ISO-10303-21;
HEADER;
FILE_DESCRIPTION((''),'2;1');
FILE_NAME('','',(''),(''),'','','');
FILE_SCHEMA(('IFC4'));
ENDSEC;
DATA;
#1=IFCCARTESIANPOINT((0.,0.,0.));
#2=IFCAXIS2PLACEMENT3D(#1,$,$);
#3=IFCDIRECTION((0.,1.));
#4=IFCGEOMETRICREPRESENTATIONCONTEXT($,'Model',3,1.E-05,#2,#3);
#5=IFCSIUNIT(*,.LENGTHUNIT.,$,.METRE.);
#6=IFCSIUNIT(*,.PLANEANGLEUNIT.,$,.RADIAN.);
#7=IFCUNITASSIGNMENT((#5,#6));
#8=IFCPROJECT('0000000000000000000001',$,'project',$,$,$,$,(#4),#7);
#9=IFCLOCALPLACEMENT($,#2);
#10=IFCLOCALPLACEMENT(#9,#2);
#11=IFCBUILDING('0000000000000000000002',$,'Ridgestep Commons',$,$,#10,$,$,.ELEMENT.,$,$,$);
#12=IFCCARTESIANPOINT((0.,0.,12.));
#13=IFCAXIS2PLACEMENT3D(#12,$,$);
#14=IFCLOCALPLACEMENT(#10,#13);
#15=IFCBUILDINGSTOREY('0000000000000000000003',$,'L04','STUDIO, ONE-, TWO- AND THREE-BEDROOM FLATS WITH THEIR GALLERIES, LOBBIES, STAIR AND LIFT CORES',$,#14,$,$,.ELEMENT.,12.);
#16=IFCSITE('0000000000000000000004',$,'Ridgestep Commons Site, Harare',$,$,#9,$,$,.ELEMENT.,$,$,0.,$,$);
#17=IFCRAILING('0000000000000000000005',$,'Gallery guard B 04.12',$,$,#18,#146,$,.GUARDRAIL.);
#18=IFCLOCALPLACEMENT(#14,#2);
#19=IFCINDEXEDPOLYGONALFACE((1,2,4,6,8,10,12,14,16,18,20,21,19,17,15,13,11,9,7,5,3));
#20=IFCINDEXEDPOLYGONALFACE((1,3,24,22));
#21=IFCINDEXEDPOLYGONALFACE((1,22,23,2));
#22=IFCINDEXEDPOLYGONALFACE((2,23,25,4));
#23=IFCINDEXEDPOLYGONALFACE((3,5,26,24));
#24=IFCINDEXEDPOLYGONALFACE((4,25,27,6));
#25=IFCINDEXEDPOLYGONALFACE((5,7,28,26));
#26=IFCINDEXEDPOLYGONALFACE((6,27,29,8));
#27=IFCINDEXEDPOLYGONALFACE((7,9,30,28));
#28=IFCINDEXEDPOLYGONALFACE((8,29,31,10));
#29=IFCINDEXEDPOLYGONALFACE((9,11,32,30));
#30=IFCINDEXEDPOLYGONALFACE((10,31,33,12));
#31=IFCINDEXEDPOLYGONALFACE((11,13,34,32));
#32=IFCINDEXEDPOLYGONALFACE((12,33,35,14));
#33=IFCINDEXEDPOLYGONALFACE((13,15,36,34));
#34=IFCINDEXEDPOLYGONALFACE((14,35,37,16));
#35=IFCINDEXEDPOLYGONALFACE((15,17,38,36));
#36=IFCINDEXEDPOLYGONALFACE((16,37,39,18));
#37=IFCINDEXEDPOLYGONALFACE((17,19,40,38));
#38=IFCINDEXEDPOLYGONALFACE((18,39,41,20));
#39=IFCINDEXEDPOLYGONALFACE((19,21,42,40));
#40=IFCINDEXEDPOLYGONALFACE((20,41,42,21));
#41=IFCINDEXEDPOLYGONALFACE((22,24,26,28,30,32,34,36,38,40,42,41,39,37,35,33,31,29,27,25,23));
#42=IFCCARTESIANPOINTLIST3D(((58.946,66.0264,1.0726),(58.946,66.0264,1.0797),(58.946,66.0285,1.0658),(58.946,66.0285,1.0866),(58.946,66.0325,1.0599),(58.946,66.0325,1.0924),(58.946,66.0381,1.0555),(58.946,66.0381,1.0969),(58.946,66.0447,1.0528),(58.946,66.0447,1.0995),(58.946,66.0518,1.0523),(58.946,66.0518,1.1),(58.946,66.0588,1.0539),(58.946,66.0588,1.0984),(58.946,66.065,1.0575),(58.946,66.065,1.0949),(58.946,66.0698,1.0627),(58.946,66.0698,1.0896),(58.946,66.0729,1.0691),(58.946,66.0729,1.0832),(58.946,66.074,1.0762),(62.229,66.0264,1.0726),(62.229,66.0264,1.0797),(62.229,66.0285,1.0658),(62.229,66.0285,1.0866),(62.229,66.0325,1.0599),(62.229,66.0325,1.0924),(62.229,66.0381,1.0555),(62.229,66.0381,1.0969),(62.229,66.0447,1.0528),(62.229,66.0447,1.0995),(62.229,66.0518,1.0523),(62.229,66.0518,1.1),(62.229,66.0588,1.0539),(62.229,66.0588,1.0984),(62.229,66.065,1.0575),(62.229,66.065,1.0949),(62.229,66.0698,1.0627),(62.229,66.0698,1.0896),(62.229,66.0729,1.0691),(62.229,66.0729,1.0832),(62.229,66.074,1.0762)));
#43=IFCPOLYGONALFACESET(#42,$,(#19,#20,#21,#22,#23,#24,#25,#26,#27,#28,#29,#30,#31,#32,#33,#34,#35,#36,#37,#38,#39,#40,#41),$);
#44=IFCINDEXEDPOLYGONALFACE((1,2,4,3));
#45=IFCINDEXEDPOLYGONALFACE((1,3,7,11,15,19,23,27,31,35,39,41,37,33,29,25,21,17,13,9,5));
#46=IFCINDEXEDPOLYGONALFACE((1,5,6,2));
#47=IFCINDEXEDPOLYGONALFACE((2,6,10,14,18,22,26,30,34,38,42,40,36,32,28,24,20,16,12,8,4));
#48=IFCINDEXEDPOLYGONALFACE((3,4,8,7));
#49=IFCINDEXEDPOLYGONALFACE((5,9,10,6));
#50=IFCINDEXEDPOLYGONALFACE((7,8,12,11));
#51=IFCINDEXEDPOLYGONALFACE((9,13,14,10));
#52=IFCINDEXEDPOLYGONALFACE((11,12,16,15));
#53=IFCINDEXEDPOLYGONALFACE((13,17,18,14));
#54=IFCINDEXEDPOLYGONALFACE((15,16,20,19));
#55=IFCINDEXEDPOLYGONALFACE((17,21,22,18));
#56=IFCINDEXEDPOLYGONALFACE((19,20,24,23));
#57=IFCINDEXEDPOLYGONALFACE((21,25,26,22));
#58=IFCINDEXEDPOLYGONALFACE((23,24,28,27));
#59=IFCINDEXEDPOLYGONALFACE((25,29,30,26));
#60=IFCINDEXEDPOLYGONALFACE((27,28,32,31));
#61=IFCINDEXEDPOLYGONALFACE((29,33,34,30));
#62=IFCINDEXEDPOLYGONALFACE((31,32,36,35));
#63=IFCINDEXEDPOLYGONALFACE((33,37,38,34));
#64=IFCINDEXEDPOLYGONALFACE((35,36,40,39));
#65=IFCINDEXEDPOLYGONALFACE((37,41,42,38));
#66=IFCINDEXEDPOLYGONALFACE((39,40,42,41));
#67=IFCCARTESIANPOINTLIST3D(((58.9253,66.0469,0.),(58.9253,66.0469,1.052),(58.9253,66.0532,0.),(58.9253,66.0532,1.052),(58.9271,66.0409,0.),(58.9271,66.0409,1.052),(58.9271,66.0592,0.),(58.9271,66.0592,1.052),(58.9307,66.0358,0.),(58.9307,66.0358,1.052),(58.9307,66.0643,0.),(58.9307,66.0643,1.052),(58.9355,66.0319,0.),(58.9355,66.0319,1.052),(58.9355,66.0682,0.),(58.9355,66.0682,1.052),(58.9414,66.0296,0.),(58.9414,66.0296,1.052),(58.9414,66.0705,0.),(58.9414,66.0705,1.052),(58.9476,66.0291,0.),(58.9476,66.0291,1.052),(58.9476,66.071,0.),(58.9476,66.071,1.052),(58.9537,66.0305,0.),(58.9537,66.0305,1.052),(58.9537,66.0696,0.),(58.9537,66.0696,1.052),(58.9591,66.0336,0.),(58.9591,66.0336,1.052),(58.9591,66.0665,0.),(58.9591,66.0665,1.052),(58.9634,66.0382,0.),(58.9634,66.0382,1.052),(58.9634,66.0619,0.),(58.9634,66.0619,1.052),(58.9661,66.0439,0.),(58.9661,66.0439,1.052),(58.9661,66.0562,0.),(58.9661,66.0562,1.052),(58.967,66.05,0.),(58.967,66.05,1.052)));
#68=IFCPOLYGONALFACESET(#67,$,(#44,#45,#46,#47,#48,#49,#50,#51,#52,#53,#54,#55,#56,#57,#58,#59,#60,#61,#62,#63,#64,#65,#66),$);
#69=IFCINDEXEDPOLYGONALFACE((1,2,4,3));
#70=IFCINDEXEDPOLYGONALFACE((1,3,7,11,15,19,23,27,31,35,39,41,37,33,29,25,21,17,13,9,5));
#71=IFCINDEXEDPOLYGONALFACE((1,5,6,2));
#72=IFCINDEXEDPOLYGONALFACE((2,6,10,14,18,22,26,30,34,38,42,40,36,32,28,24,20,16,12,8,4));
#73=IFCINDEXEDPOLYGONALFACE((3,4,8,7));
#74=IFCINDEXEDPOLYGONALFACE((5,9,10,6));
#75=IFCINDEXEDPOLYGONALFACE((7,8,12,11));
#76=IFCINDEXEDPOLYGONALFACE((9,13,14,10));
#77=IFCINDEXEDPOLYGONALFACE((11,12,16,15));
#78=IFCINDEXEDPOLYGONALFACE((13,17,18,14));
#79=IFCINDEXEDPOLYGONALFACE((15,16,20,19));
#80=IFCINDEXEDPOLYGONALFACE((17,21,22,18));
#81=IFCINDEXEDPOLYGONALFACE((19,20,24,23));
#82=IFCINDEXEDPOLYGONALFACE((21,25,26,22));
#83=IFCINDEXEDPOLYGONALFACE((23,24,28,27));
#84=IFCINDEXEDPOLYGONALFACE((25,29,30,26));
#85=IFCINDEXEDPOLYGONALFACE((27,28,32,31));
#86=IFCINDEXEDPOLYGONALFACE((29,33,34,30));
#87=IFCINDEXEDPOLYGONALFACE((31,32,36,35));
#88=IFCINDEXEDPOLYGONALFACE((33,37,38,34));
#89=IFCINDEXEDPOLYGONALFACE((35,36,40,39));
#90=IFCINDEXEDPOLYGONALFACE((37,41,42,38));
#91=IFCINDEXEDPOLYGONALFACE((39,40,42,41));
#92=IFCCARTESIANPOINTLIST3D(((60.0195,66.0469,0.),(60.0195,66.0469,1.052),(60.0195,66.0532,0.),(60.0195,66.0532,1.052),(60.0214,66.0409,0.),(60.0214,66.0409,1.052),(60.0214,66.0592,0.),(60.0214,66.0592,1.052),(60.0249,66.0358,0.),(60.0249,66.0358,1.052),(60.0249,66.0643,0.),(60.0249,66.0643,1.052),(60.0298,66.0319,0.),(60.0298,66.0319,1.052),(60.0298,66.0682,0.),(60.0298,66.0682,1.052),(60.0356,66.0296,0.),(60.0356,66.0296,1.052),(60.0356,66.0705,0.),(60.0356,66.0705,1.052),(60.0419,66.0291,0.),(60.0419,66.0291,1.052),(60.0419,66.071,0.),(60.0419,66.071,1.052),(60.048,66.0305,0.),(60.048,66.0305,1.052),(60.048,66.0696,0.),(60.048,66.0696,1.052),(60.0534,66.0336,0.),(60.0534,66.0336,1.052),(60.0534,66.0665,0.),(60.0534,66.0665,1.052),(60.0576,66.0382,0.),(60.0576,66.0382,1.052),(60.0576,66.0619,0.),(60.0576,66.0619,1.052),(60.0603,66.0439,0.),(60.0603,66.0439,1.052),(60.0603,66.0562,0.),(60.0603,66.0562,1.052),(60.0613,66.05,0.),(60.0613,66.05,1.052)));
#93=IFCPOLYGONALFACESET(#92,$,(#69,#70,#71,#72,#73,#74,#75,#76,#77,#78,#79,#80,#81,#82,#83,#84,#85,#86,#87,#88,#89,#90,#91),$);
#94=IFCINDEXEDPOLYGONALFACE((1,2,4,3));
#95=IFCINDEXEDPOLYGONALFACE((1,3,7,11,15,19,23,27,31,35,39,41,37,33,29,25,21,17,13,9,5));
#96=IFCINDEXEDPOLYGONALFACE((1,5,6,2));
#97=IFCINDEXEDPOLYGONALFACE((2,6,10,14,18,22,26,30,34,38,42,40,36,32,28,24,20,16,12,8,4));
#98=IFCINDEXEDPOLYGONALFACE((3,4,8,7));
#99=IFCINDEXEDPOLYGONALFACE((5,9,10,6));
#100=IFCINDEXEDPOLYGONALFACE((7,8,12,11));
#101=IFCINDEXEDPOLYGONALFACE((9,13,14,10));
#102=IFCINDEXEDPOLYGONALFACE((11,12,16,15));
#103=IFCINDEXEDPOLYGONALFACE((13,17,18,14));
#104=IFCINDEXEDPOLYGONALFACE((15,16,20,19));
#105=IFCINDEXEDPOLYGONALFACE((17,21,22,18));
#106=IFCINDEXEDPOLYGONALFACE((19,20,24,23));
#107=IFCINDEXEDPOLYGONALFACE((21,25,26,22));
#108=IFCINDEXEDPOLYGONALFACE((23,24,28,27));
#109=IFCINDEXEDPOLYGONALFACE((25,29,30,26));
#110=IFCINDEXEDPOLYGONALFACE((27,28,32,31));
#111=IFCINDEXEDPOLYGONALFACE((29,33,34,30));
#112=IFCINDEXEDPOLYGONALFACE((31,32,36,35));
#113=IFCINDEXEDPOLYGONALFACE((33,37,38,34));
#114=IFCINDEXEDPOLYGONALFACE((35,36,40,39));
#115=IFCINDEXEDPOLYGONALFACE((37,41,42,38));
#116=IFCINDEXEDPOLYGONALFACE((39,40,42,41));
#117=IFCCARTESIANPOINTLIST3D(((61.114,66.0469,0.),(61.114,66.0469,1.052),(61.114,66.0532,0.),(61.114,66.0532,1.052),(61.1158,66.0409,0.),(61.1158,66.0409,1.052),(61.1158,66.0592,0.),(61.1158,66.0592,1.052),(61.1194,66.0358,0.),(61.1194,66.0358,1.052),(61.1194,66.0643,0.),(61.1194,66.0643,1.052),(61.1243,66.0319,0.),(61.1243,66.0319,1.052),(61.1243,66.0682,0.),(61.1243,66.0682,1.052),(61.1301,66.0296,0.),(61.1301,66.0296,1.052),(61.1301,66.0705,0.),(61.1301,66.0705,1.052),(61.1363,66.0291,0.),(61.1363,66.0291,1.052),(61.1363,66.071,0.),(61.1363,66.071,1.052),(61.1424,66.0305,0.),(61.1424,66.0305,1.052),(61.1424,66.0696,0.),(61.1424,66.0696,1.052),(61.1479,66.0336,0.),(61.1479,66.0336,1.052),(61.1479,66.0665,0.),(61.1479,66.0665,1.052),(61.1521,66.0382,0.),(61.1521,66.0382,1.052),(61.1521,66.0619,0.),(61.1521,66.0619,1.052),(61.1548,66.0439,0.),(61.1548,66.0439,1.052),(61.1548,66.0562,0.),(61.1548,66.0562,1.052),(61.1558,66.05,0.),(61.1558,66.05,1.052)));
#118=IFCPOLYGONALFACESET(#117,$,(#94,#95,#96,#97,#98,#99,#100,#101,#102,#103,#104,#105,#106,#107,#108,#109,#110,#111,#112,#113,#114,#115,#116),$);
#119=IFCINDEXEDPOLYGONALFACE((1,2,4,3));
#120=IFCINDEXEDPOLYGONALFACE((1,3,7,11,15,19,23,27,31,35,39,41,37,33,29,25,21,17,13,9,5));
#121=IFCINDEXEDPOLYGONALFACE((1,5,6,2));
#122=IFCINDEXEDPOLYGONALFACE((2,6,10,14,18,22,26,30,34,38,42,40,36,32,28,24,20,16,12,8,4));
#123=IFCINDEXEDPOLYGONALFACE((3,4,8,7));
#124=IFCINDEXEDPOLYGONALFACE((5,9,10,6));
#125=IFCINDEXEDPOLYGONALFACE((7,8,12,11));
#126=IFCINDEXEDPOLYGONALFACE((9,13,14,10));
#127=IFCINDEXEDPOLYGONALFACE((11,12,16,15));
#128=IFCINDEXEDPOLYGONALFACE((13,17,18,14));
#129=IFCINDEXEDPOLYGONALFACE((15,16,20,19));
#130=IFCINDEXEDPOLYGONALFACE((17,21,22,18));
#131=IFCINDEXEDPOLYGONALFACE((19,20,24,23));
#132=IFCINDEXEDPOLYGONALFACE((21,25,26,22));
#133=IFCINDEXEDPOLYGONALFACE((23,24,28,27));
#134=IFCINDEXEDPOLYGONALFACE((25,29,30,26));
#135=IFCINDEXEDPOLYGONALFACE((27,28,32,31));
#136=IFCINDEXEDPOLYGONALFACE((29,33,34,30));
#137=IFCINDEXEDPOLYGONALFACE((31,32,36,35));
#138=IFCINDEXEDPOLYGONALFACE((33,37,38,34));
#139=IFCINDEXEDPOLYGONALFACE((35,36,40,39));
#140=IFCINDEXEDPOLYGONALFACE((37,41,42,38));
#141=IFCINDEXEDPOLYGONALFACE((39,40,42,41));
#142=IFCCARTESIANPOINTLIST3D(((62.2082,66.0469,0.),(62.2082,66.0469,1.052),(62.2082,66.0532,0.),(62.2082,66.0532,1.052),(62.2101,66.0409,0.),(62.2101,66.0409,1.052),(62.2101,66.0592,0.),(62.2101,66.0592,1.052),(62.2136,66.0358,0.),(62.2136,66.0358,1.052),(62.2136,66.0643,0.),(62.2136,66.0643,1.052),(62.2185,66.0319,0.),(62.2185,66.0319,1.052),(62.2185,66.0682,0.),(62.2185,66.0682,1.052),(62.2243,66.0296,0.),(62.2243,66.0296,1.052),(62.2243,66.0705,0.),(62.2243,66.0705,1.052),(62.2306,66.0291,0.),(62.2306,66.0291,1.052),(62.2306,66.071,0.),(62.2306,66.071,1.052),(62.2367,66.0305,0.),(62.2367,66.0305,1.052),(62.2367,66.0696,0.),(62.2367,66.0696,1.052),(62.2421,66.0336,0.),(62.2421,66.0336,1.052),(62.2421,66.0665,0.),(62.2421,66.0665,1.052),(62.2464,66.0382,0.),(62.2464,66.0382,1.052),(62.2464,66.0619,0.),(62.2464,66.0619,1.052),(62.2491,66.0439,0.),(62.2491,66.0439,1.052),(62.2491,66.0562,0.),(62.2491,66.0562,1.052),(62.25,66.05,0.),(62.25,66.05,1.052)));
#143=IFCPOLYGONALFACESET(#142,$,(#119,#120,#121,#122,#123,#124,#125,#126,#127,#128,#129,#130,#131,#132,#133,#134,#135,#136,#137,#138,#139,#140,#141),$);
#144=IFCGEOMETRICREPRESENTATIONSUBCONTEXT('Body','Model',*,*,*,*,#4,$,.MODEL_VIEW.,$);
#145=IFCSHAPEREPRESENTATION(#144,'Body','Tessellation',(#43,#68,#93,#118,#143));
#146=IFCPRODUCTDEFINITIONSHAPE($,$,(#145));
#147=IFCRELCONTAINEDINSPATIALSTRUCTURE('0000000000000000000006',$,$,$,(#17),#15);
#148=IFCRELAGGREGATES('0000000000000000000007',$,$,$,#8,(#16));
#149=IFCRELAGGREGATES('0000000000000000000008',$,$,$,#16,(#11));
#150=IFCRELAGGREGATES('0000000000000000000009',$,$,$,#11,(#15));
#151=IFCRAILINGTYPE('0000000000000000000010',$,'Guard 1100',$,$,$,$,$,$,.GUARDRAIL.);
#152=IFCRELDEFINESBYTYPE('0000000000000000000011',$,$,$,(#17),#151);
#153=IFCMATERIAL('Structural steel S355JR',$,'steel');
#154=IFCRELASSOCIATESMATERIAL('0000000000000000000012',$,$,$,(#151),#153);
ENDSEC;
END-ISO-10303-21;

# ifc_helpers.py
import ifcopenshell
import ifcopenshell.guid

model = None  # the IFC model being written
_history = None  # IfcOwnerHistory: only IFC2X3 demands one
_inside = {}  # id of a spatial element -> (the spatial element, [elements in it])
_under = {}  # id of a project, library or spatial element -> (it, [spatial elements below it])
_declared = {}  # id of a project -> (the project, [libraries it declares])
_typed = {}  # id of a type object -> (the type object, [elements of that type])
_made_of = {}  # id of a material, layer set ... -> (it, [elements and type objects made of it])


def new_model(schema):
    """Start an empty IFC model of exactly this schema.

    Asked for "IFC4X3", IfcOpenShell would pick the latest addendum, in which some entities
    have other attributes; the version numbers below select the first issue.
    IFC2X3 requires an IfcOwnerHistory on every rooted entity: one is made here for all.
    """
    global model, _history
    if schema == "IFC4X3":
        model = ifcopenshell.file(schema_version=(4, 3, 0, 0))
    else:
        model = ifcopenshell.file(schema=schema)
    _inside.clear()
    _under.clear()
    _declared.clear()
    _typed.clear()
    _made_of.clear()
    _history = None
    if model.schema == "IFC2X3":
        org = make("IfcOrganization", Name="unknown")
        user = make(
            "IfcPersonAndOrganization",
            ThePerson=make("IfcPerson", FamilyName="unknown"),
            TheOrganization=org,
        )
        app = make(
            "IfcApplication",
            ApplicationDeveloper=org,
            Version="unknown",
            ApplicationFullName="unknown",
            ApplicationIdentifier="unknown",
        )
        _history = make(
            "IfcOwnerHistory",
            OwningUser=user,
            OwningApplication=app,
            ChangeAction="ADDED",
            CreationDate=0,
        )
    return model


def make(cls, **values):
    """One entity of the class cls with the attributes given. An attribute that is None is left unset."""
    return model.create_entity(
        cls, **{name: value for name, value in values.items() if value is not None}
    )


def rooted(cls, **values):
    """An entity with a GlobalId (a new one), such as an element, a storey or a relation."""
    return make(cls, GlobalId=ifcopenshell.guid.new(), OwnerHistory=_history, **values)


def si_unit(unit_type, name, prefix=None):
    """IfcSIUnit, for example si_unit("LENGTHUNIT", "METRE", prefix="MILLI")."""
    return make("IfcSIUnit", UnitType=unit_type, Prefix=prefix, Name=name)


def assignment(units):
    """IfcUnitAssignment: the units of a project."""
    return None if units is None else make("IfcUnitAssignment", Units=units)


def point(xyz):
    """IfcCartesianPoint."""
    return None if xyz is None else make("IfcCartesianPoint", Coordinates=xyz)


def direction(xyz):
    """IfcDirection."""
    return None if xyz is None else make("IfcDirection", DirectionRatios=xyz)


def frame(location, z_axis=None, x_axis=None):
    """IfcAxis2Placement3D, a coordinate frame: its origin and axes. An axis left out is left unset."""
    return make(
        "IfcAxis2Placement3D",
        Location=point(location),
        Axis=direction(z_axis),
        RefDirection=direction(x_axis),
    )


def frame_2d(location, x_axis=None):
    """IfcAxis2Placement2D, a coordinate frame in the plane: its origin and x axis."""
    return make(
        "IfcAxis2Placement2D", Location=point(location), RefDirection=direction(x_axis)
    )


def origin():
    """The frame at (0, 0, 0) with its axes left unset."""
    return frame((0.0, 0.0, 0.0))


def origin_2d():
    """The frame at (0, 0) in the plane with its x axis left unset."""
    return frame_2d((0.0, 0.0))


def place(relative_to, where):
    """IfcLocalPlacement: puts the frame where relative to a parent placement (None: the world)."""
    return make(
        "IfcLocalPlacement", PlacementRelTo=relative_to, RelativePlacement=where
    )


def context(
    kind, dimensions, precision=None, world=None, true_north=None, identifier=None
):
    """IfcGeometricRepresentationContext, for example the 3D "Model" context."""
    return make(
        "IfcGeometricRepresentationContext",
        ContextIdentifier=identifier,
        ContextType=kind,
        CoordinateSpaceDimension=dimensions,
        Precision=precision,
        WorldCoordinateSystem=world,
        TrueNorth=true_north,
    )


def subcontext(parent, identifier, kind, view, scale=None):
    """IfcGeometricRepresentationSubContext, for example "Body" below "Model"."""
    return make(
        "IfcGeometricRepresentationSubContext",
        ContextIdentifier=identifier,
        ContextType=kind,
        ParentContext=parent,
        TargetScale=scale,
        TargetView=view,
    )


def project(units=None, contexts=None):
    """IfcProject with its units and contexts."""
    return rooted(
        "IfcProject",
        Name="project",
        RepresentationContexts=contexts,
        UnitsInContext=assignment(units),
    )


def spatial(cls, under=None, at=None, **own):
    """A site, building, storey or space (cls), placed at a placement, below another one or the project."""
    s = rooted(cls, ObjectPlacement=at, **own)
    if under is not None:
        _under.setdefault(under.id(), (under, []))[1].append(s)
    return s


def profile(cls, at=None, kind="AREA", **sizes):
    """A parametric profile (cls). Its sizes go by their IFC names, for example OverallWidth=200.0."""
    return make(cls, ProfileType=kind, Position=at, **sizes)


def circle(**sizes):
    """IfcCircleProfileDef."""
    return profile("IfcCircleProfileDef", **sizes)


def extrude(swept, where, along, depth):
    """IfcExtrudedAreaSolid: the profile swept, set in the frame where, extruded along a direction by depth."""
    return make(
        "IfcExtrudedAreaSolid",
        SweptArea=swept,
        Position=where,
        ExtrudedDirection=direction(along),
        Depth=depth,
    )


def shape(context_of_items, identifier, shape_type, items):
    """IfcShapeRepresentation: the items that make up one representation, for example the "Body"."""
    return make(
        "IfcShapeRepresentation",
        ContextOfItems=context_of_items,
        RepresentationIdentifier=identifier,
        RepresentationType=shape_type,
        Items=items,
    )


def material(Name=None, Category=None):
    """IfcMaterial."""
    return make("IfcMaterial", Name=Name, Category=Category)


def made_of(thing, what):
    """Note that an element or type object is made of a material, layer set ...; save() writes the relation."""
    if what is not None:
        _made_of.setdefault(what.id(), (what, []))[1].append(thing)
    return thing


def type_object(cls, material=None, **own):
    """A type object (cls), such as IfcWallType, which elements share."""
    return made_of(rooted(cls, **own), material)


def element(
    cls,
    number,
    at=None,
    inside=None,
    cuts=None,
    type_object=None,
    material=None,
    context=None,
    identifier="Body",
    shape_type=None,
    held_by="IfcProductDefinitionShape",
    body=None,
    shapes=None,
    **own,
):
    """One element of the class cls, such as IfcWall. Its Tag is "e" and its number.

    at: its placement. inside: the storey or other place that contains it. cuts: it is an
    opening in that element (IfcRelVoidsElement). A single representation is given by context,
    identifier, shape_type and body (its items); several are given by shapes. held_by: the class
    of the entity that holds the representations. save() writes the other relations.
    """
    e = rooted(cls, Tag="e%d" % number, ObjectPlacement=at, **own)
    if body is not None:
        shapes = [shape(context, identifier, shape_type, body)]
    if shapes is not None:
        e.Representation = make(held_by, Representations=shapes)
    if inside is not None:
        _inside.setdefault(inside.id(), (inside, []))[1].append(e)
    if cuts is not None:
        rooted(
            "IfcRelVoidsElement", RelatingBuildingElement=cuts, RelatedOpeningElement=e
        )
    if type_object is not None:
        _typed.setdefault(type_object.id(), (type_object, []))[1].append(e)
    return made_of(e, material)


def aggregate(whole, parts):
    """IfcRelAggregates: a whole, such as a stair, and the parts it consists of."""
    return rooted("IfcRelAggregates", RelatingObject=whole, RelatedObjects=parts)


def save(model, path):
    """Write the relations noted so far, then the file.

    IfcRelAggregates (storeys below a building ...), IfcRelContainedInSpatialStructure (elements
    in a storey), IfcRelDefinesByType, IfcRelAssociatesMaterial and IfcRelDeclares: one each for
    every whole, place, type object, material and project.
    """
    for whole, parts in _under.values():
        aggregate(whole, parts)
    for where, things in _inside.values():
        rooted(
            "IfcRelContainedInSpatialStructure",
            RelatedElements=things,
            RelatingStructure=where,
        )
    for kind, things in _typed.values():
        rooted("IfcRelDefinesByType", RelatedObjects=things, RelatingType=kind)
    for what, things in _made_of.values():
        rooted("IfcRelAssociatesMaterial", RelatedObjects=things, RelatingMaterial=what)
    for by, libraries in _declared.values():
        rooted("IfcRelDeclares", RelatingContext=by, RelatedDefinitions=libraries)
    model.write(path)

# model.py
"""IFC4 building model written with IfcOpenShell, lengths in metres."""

from ifc_helpers import new_model, si_unit, direction, frame, origin, origin_2d, place, context, subcontext, project, spatial, circle, extrude, material, type_object, element, save


model = new_model("IFC4")

# Units and contexts
model_context = context("Model", 3, precision=1e-05, world=origin(), true_north=direction((0.0, 1.0)))
body_context = subcontext(model_context, "Body", "Model", "MODEL_VIEW")
ifc_project = project(units=[si_unit("LENGTHUNIT", "METRE"), si_unit("PLANEANGLEUNIT", "RADIAN")], contexts=[model_context])

# Site, building, storey
site_placement = place(None, origin())
site = spatial("IfcSite", under=ifc_project, at=site_placement, Name="Ridgestep Commons Site, Harare", CompositionType="ELEMENT", RefElevation=0.0)
building_placement = place(site_placement, origin())
building = spatial("IfcBuilding", under=site, at=building_placement, Name="Ridgestep Commons", CompositionType="ELEMENT")
storey_placement = place(building_placement, frame((0.0, 0.0, 12.0)))
storey = spatial("IfcBuildingStorey", under=building, at=storey_placement, Name="L04", Description="STUDIO, ONE-, TWO- AND THREE-BEDROOM FLATS WITH THEIR GALLERIES, LOBBIES, STAIR AND LIFT CORES", CompositionType="ELEMENT", Elevation=12.0)

# Railing
ifc_material_1 = material(Name="Structural steel S355JR", Category="steel")
railing_type = type_object("IfcRailingType", Name="Guard 1100", PredefinedType="GUARDRAIL", material=ifc_material_1)
for number, where, name in (
    (1, (58.946, 66.05, 0.0), "Gallery guard B 04.12"),
):
    element("IfcRailing", number, at=place(storey_placement, frame(where)), inside=storey, type_object=railing_type, Name=name, PredefinedType="GUARDRAIL", context=body_context, shape_type="SweptSolid", body=[
        extrude(circle(Radius=0.0239, at=origin_2d()), frame((0.0, 0.0, 1.0762), z_axis=(1.0, 0.0, 0.0), x_axis=(0.0, 1.0, 0.0)), (0.0, 0.0, 1.0), 3.283),
        extrude(circle(Radius=0.021, at=origin_2d()), origin(), (0.0, 0.0, 1.0), 1.052),
        extrude(circle(Radius=0.021, at=origin_2d()), frame((1.0942, 0.0, 0.0)), (0.0, 0.0, 1.0), 1.052),
        extrude(circle(Radius=0.021, at=origin_2d()), frame((2.1887, 0.0, 0.0)), (0.0, 0.0, 1.0), 1.052),
        extrude(circle(Radius=0.021, at=origin_2d()), frame((3.283, 0.0, 0.0)), (0.0, 0.0, 1.0), 1.052),
    ])

save(model, "model.ifc")
